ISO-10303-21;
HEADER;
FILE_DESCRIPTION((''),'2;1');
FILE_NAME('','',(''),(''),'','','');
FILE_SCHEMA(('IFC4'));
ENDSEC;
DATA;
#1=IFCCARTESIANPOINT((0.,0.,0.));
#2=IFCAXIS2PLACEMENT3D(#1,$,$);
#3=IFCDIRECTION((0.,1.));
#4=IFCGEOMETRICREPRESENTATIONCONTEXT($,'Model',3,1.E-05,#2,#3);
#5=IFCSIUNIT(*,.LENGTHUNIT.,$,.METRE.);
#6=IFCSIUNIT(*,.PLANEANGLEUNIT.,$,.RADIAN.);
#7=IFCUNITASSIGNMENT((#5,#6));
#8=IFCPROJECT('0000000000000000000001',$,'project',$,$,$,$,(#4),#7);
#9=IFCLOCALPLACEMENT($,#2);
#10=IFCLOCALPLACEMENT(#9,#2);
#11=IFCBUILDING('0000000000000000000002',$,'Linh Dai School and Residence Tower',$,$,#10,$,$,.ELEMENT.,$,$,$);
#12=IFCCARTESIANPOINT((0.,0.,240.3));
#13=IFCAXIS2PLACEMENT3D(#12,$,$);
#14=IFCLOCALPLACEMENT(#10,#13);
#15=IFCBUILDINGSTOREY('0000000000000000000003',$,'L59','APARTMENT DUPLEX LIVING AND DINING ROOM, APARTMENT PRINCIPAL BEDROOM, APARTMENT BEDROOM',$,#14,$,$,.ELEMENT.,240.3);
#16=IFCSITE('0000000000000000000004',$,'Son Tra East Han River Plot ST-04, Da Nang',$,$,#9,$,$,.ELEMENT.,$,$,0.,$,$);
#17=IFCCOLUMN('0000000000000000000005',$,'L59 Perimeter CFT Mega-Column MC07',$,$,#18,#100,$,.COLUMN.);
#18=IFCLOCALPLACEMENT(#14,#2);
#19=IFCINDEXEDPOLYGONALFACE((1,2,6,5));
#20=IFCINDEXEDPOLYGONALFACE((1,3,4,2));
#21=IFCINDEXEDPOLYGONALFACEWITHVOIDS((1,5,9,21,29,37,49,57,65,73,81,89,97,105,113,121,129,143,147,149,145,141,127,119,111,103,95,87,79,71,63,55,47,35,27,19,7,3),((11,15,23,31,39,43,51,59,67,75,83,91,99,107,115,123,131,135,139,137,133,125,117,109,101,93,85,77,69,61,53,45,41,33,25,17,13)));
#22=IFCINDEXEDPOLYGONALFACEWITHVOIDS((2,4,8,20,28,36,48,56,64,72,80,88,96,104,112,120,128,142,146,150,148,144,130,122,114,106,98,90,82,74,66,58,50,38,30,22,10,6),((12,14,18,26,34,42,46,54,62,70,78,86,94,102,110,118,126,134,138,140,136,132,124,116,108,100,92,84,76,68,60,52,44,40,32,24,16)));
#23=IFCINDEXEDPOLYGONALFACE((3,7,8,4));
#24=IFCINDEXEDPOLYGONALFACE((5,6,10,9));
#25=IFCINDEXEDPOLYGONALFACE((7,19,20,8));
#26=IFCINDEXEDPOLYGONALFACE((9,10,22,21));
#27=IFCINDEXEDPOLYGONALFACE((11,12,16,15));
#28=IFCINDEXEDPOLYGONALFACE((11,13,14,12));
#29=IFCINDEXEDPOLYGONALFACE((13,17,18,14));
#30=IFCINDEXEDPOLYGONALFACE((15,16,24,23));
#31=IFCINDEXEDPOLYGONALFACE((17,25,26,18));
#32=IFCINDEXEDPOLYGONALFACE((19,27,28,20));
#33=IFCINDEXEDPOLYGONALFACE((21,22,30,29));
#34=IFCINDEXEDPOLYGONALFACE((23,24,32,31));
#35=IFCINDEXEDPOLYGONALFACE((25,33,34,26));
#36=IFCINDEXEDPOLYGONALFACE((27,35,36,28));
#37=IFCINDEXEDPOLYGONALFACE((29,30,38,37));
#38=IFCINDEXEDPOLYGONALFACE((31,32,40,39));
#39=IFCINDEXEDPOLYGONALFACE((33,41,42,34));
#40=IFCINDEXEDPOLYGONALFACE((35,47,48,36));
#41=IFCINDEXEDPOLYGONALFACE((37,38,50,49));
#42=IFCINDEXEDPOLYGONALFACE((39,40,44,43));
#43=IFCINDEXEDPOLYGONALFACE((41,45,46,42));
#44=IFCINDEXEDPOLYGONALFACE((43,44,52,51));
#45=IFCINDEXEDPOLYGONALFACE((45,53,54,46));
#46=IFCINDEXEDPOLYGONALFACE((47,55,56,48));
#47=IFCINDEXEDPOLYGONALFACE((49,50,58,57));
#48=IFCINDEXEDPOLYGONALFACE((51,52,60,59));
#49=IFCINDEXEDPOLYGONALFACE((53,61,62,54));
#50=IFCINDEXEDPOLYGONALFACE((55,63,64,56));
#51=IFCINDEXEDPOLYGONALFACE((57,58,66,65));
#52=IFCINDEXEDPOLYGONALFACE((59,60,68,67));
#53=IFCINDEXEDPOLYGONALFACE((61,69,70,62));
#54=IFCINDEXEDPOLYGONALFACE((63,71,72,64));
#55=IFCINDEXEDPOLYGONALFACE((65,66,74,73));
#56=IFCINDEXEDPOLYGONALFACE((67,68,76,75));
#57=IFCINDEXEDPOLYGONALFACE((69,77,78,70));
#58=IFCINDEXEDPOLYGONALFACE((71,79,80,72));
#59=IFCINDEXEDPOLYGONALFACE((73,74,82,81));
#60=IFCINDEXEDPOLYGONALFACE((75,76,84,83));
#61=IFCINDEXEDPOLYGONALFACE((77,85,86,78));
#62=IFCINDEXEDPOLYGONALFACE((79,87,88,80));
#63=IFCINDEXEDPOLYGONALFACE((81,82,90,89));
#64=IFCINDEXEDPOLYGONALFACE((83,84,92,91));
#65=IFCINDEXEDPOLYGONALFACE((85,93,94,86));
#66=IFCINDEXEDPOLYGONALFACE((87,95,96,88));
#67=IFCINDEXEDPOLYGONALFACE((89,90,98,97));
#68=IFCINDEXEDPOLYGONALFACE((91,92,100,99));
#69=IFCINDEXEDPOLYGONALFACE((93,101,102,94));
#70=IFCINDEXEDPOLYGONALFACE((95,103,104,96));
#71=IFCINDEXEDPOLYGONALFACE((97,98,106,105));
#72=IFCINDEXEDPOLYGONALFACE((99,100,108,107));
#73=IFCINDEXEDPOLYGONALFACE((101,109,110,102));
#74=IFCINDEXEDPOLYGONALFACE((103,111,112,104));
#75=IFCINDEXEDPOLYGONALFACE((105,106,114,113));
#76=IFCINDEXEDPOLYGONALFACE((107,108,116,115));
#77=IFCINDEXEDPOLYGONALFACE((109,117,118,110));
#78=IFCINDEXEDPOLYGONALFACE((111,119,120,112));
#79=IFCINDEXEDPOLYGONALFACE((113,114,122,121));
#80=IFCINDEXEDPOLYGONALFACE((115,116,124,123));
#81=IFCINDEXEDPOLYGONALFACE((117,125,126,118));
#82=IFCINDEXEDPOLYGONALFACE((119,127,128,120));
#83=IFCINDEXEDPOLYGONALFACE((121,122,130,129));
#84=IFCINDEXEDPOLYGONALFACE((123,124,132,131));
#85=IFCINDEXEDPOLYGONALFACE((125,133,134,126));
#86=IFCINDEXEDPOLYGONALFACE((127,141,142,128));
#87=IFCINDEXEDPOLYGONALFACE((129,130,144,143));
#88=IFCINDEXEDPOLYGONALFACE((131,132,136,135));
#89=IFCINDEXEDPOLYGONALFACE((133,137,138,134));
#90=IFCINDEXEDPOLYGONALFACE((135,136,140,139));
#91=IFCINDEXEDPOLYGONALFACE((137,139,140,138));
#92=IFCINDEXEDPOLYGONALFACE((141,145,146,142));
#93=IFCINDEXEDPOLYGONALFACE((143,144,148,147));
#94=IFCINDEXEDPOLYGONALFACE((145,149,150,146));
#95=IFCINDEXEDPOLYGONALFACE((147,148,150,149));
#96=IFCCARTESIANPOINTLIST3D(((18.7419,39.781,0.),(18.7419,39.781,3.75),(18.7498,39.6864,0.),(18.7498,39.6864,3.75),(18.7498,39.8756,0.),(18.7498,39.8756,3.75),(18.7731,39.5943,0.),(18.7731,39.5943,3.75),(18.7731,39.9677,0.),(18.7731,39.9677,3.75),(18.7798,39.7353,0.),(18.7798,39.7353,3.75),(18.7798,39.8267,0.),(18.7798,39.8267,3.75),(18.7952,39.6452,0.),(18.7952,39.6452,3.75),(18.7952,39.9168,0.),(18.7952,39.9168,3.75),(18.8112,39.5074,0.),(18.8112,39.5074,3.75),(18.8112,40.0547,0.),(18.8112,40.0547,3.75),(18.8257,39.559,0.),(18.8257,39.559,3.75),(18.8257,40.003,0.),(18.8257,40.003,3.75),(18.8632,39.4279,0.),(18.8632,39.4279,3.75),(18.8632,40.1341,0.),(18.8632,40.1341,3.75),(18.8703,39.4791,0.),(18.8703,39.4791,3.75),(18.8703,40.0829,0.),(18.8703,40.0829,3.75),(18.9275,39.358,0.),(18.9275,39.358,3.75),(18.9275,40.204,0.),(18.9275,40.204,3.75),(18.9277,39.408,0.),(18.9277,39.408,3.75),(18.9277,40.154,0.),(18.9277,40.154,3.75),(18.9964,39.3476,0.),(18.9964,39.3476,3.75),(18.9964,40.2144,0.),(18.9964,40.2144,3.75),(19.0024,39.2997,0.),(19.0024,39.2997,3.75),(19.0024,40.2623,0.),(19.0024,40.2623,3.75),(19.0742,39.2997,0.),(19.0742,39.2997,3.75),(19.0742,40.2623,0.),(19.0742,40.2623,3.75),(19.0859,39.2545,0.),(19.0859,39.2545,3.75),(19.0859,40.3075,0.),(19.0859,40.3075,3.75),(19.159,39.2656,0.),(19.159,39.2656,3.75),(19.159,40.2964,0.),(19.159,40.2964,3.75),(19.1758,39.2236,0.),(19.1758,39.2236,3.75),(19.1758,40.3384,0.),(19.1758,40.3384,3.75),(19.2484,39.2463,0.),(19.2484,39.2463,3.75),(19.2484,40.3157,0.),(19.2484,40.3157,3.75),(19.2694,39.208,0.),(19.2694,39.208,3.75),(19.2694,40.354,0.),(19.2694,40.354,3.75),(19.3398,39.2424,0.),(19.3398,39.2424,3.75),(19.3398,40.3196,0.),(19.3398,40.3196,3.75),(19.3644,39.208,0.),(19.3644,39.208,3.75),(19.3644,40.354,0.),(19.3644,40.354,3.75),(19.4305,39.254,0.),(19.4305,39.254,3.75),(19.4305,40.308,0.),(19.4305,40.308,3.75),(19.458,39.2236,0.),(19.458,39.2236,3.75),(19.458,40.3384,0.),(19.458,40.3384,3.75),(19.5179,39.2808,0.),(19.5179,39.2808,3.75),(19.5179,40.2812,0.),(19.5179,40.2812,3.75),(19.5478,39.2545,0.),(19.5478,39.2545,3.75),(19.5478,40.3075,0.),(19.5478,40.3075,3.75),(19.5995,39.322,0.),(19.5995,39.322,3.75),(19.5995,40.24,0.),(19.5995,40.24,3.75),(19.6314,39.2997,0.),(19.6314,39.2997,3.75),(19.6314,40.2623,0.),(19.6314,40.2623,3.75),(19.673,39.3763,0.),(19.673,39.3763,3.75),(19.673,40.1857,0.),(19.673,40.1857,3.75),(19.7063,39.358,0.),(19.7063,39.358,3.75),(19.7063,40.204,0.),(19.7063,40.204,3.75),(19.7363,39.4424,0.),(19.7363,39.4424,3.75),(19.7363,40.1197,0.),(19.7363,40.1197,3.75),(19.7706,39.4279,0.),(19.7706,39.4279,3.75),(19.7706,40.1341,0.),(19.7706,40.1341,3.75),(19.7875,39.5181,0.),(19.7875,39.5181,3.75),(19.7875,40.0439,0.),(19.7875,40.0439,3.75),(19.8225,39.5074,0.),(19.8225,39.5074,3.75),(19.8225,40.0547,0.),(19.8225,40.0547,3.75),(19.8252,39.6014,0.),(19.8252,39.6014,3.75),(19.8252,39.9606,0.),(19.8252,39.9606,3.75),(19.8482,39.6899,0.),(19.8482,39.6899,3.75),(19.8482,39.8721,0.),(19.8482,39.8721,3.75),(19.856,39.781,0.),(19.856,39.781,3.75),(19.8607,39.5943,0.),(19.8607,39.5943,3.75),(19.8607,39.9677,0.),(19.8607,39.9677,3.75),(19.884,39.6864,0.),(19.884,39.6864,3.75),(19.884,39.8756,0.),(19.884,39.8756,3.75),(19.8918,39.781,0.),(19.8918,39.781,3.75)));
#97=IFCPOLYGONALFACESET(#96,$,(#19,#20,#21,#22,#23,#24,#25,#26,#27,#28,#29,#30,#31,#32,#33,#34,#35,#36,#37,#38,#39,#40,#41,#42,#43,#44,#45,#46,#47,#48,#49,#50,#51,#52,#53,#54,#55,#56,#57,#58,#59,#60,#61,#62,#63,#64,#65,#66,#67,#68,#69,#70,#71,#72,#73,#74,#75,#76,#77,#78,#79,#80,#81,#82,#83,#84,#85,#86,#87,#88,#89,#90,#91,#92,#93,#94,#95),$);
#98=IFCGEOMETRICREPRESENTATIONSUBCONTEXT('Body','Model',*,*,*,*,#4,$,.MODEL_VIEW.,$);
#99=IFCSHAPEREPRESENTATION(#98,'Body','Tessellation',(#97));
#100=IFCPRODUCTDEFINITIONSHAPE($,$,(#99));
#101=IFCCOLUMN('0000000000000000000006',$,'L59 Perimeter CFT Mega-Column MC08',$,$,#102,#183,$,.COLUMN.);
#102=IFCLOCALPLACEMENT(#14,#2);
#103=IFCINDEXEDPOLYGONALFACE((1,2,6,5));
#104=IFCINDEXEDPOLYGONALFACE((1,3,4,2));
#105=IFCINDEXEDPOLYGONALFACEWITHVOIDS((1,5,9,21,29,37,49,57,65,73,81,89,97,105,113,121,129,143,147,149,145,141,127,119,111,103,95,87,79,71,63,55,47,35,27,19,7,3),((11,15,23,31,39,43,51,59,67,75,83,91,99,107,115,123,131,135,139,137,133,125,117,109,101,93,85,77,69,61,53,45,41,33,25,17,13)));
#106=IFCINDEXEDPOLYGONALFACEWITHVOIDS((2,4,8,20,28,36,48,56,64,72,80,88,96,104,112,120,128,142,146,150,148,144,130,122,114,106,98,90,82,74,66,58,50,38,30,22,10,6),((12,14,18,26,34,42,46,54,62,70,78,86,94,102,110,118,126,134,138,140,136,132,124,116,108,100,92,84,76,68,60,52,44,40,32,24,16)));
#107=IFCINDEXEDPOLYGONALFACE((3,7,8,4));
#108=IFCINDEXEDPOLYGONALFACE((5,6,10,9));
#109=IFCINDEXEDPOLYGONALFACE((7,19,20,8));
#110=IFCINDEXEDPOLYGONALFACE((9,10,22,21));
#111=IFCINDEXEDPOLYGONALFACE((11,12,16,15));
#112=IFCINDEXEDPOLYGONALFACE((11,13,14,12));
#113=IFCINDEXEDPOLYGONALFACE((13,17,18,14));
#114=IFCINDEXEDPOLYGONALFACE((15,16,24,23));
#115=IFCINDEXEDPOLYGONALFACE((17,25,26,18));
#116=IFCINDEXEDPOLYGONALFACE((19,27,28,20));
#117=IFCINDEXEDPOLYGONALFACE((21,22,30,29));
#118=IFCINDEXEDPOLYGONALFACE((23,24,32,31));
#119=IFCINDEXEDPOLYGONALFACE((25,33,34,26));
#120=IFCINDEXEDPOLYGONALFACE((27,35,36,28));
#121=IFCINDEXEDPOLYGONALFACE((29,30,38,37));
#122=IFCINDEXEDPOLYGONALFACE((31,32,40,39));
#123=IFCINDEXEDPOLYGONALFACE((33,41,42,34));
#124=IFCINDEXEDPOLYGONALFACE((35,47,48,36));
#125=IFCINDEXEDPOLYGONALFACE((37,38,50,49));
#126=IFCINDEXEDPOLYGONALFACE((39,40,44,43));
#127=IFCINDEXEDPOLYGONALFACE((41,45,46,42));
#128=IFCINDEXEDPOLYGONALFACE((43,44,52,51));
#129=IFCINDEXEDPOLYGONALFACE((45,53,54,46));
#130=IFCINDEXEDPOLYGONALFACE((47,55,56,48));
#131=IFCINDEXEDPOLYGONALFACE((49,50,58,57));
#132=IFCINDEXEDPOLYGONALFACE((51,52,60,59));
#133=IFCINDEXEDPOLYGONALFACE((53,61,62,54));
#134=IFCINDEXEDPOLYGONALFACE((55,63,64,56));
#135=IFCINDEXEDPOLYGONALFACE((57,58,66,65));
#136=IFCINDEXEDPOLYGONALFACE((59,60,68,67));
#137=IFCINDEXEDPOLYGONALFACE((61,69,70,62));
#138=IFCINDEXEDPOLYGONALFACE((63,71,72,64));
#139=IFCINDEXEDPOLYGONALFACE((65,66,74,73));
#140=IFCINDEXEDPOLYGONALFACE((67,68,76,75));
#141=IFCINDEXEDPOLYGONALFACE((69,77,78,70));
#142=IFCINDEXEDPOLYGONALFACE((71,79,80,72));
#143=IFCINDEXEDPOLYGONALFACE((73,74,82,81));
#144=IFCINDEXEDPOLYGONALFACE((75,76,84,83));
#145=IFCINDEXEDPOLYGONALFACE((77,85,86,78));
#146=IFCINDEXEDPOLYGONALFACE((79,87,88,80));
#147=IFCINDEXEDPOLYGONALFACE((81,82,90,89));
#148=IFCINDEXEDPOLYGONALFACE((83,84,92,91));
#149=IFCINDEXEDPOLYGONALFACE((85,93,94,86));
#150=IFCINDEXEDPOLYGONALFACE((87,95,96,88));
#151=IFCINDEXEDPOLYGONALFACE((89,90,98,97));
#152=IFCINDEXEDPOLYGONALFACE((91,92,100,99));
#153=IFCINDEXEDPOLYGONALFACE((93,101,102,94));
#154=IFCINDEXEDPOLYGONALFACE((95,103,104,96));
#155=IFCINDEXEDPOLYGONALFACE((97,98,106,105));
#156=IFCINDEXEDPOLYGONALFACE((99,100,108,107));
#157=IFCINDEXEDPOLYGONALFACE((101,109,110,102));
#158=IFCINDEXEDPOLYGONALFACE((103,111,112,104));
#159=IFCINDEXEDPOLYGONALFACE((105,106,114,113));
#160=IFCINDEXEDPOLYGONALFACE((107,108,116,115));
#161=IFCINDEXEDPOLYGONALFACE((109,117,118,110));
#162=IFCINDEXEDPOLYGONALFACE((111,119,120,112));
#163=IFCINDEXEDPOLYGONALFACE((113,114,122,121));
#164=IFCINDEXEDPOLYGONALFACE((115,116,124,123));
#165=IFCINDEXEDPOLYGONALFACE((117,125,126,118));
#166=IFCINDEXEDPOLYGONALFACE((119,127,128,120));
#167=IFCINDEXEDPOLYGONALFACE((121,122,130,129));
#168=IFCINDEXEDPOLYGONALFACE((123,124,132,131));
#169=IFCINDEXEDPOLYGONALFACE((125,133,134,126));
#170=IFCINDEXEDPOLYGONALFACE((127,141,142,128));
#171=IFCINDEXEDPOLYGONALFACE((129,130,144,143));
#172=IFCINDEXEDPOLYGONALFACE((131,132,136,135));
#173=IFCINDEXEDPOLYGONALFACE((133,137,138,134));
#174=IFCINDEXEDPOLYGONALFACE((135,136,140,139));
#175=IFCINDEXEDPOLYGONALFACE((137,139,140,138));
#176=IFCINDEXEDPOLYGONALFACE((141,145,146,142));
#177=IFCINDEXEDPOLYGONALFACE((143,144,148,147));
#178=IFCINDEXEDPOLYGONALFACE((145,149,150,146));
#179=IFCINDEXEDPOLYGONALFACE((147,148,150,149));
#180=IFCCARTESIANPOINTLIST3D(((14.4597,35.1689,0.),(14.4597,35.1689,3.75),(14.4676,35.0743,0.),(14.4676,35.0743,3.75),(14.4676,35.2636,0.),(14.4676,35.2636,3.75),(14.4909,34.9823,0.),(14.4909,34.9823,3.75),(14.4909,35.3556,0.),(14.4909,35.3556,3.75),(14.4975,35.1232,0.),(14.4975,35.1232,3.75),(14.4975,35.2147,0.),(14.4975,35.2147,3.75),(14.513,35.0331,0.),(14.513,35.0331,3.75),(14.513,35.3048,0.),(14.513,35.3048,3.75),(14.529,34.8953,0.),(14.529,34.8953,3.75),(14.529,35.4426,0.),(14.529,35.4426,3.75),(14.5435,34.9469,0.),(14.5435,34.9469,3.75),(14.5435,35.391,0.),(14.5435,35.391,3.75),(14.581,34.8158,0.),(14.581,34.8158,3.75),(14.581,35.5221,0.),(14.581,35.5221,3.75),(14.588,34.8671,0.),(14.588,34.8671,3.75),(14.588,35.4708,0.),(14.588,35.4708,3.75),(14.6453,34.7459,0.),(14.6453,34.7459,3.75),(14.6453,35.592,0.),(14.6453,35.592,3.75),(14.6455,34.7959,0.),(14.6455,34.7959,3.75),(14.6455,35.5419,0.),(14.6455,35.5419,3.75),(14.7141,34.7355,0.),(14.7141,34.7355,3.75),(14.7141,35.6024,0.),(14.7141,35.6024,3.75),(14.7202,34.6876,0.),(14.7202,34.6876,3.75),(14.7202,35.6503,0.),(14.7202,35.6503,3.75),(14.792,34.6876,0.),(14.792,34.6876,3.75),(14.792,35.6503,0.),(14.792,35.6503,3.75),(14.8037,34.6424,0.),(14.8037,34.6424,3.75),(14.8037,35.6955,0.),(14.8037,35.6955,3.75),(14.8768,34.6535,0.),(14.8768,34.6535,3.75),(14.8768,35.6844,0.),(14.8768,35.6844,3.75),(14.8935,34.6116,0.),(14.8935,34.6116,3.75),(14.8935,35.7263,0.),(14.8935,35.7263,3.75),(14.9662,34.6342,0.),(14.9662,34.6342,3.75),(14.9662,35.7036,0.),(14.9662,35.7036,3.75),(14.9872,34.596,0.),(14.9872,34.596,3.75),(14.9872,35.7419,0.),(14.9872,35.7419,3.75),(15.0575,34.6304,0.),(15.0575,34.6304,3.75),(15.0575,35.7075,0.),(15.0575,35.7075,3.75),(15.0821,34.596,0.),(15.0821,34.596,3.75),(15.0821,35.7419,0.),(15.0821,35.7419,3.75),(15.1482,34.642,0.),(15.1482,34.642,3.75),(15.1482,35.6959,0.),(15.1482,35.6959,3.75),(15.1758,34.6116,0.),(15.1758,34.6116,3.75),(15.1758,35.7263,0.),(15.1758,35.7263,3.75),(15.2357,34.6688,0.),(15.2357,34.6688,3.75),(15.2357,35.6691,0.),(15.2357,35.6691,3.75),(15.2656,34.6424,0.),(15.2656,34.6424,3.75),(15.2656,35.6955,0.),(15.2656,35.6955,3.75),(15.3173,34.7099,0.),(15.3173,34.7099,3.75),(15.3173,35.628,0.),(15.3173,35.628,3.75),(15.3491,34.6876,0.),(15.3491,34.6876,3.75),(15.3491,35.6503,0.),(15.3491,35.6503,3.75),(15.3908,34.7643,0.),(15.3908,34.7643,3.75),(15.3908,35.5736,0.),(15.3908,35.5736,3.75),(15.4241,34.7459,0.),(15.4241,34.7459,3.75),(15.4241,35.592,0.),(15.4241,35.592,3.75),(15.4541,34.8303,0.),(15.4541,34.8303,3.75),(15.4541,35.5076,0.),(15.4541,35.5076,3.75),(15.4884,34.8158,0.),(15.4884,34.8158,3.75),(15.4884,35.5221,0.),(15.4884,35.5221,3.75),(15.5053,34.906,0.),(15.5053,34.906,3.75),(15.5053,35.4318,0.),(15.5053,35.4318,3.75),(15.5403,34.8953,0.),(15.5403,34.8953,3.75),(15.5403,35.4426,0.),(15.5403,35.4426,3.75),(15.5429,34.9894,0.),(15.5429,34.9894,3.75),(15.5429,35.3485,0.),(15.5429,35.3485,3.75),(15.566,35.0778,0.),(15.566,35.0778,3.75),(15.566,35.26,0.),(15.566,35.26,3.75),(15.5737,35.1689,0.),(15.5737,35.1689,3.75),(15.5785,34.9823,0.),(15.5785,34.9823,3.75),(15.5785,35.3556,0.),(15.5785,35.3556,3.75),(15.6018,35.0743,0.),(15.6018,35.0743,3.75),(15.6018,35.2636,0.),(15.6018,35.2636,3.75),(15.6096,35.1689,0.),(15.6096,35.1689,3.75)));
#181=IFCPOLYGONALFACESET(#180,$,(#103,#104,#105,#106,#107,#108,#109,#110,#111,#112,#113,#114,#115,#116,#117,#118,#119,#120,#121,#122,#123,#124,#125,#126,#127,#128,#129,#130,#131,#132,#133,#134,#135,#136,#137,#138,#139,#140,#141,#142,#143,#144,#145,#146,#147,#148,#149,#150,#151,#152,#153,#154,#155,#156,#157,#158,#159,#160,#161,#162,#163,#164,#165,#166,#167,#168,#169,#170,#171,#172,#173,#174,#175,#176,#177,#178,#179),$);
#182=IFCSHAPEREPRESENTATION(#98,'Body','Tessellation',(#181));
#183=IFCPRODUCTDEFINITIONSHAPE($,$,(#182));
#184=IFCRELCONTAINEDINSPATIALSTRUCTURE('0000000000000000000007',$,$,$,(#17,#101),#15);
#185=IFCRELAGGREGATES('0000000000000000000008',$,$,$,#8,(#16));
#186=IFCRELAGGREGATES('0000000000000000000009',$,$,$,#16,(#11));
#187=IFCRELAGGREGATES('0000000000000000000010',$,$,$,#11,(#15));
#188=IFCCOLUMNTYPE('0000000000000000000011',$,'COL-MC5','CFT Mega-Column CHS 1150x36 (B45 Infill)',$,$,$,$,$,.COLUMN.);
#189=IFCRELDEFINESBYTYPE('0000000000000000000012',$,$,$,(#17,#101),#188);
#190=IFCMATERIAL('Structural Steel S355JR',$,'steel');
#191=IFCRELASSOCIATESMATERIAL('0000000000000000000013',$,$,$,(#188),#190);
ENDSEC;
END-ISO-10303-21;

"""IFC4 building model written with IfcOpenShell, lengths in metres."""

from ifc_helpers import new_model, si_unit, direction, frame, origin, origin_2d, place, context, subcontext, project, spatial, hollow_circle, extrude, material, material_profile, profile_set, type_object, element, save


model = new_model("IFC4")

# Units and contexts
model_context = context("Model", 3, precision=1e-05, world=origin(), true_north=direction((0.0, 1.0)))
body_context = subcontext(model_context, "Body", "Model", "MODEL_VIEW")
ifc_project = project(units=[si_unit("LENGTHUNIT", "METRE"), si_unit("PLANEANGLEUNIT", "RADIAN")], contexts=[model_context])

# Site, building, storey
site_placement = place(None, origin())
site = spatial("IfcSite", under=ifc_project, at=site_placement, Name="Son Tra East Han River Plot ST-04, Da Nang", CompositionType="ELEMENT", RefElevation=0.0)
building_placement = place(site_placement, origin())
building = spatial("IfcBuilding", under=site, at=building_placement, Name="Linh Dai School and Residence Tower", CompositionType="ELEMENT")
storey_placement = place(building_placement, frame((0.0, 0.0, 240.3)))
storey = spatial("IfcBuildingStorey", under=building, at=storey_placement, Name="L59", Description="APARTMENT DUPLEX LIVING AND DINING ROOM, APARTMENT PRINCIPAL BEDROOM, APARTMENT BEDROOM", CompositionType="ELEMENT", Elevation=240.3)

# Columns
ifc_material_1 = material(Name="Structural Steel S355JR", Category="steel")
ifc_material_profile_1 = material_profile(ifc_material_1, hollow_circle(Radius=0.575, WallThickness=0.0359, at=origin_2d()), Name="CHS 1150x36")
ifc_profile_set_1 = profile_set([ifc_material_profile_1], Name="Structural Steel S355JR")
column_type = type_object("IfcColumnType", Name="COL-MC5", Description="CFT Mega-Column CHS 1150x36 (B45 Infill)", PredefinedType="COLUMN", material=ifc_profile_set_1)
for number, where, z_axis, x_axis, name in (
    (1, (19.3169, 39.781, 0.0), (0.0, 0.0, 1.0), (1.0, 0.0, 0.0), "L59 Perimeter CFT Mega-Column MC07"),
    (2, (15.0347, 35.1689, 0.0), (0.0, 0.0, 1.0), (1.0, 0.0, 0.0), "L59 Perimeter CFT Mega-Column MC08"),
):
    element("IfcColumn", number, at=place(storey_placement, frame(where, z_axis=z_axis, x_axis=x_axis)), inside=storey, type_object=column_type, Name=name, PredefinedType="COLUMN", context=body_context, shape_type="SweptSolid", body=[
        extrude(hollow_circle(Radius=0.575, WallThickness=0.0359, at=origin_2d()), origin(), (0.0, 0.0, 1.0), 3.75),
    ])

save(model, "model.ifc")
